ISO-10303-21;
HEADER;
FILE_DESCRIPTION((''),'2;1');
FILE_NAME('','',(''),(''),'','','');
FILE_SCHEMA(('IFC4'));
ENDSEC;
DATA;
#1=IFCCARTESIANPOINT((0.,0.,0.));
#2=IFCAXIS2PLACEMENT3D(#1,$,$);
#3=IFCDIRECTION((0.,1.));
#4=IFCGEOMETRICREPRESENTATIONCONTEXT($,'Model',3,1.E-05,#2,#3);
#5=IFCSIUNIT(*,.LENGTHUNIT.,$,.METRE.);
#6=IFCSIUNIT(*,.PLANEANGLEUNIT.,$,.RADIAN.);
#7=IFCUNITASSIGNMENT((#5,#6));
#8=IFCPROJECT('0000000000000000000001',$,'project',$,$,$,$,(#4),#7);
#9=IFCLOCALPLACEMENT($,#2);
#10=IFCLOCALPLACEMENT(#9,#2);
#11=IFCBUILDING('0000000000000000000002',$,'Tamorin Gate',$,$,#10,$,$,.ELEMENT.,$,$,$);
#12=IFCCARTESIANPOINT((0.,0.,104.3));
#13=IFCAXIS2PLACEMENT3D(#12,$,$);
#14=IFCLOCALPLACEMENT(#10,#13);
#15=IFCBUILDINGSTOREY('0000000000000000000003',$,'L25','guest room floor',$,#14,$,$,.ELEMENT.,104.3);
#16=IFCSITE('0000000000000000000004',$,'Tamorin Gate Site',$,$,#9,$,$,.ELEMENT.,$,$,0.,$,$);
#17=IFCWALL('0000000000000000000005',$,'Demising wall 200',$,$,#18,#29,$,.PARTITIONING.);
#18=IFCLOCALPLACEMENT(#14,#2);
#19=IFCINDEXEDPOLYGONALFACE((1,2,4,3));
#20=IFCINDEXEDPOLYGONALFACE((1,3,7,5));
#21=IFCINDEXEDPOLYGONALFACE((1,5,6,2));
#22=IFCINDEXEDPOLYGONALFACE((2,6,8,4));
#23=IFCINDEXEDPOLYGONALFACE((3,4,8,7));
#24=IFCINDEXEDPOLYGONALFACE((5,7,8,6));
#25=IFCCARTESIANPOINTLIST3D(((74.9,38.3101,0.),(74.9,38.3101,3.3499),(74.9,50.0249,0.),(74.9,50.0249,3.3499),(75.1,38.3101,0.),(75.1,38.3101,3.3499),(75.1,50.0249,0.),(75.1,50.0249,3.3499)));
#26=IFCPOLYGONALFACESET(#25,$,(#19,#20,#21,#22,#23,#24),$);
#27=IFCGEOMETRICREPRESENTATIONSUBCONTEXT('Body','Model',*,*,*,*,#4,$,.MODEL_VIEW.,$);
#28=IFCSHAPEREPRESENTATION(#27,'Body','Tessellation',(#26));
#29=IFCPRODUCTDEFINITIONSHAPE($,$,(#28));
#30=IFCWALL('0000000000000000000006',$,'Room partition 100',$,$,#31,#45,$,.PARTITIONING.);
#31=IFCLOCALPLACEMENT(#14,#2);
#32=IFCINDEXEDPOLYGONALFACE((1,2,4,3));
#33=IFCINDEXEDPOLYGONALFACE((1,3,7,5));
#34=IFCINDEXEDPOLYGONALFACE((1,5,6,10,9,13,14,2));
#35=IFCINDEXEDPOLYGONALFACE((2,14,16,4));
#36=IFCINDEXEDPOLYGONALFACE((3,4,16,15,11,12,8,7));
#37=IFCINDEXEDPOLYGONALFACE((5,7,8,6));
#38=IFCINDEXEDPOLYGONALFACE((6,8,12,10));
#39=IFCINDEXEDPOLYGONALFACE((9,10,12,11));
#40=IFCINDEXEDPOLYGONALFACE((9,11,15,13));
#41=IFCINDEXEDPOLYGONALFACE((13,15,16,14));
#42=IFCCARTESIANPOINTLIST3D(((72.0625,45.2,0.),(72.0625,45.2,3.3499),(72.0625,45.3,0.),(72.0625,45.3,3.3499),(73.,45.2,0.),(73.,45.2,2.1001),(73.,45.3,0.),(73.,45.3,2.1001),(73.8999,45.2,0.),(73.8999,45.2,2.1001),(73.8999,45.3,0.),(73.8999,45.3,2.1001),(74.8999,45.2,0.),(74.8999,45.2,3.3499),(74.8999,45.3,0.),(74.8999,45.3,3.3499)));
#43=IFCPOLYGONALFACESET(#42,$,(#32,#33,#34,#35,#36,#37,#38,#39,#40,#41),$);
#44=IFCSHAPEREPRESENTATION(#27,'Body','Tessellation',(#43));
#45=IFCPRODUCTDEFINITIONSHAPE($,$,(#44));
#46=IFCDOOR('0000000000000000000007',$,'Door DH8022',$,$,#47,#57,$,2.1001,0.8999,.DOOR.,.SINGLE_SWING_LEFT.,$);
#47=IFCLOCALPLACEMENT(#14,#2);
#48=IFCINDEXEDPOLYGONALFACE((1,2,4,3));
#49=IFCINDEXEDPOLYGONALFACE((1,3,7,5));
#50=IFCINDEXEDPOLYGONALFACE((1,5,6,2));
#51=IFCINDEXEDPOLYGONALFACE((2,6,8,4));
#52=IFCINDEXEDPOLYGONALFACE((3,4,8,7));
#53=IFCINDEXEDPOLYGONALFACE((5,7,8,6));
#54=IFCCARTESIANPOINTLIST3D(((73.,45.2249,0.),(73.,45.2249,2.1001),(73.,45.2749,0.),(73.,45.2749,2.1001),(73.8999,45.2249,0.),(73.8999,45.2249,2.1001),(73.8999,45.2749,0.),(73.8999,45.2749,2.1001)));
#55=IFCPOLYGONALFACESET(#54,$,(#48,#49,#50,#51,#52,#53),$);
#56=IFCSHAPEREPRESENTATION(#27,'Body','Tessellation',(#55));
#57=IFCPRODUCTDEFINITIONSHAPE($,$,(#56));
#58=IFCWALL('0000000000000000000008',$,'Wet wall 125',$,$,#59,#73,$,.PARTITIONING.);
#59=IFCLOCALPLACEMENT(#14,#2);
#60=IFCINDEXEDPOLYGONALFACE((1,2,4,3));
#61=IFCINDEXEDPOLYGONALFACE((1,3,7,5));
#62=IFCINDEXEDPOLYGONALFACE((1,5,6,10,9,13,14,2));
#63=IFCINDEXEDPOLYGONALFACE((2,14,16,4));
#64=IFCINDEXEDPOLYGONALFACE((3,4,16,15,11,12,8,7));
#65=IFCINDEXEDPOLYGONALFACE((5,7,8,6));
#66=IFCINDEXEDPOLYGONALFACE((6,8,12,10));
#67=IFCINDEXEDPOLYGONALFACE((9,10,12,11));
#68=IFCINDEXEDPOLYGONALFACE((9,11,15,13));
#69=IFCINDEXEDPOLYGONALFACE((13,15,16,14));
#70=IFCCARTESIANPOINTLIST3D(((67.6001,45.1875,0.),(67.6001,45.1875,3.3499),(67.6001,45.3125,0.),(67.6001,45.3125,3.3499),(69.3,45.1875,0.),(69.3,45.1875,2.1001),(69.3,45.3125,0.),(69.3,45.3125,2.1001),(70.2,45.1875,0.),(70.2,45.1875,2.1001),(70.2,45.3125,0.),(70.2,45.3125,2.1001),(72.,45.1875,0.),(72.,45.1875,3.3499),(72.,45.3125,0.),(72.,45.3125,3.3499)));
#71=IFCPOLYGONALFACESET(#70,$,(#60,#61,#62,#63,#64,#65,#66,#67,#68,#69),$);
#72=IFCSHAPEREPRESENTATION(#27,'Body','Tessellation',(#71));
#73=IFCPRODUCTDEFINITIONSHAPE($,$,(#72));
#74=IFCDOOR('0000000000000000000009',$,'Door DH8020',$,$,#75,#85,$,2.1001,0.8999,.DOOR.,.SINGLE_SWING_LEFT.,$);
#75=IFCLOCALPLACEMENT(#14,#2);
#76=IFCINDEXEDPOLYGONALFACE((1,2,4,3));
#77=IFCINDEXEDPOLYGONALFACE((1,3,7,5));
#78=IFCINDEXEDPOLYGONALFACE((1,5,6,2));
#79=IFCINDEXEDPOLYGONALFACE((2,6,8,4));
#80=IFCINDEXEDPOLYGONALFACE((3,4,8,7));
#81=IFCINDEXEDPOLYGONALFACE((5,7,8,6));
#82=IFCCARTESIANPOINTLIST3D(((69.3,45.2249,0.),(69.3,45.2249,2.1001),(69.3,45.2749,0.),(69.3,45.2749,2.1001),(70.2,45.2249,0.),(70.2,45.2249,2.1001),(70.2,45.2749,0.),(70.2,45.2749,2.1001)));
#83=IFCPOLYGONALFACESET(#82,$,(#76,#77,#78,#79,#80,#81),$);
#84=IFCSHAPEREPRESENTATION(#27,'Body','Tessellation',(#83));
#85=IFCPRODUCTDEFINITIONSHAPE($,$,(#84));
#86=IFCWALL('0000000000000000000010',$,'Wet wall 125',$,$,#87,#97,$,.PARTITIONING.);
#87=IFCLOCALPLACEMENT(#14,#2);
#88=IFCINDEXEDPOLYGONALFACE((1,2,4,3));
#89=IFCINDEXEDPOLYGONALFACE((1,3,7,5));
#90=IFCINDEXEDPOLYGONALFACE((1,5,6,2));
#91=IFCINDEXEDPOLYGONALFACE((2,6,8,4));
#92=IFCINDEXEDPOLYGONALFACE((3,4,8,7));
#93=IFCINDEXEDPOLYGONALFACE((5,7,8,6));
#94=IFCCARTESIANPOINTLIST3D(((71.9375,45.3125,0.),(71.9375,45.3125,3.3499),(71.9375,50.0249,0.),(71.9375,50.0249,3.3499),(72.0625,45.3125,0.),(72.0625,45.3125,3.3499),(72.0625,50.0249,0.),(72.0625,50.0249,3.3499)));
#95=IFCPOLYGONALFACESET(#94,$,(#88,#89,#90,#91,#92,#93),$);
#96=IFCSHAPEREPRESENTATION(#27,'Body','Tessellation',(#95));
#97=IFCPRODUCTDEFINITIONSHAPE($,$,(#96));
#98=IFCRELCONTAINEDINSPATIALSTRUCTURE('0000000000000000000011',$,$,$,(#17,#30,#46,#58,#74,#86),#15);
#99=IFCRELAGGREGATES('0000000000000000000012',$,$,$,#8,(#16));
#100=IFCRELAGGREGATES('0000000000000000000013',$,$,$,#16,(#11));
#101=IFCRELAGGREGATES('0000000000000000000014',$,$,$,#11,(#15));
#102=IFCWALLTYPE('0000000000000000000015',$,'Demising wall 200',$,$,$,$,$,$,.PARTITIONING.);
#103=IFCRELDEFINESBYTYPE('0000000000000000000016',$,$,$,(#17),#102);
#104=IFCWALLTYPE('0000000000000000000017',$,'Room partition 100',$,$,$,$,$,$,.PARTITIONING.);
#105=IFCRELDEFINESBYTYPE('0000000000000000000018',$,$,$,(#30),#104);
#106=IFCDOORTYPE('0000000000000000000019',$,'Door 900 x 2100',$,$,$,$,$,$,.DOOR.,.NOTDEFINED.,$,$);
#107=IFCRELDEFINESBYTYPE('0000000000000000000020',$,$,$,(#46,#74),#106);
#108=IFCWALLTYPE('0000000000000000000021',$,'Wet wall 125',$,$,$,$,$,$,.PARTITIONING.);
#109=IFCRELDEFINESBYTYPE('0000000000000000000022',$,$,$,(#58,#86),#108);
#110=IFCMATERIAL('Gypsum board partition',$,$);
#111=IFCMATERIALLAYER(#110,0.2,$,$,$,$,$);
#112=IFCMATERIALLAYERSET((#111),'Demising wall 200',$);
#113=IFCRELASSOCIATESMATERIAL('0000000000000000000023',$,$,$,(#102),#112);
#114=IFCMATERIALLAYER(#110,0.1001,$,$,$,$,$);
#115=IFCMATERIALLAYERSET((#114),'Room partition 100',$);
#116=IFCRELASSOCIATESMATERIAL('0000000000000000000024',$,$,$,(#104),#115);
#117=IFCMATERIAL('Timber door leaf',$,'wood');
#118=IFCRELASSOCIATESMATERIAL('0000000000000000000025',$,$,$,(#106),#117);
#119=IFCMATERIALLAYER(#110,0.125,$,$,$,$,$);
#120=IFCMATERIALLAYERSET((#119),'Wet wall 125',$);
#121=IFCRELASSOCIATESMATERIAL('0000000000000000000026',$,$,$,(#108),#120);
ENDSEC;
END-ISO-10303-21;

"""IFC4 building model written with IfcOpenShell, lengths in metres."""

from ifc_helpers import new_model, si_unit, direction, frame, frame_2d, origin, place, context, subcontext, project, spatial, rectangle, extrude, material, layer, layer_set, type_object, element, fill, save


model = new_model("IFC4")

# Units and contexts
model_context = context("Model", 3, precision=1e-05, world=origin(), true_north=direction((0.0, 1.0)))
body_context = subcontext(model_context, "Body", "Model", "MODEL_VIEW")
ifc_project = project(units=[si_unit("LENGTHUNIT", "METRE"), si_unit("PLANEANGLEUNIT", "RADIAN")], contexts=[model_context])

# Site, building, storey
site_placement = place(None, origin())
site = spatial("IfcSite", under=ifc_project, at=site_placement, Name="Tamorin Gate Site", CompositionType="ELEMENT", RefElevation=0.0)
building_placement = place(site_placement, origin())
building = spatial("IfcBuilding", under=site, at=building_placement, Name="Tamorin Gate", CompositionType="ELEMENT")
storey_placement = place(building_placement, frame((0.0, 0.0, 104.3)))
storey = spatial("IfcBuildingStorey", under=building, at=storey_placement, Name="L25", Description="guest room floor", CompositionType="ELEMENT", Elevation=104.3)

# Wall
ifc_material_1 = material(Name="Gypsum board partition")
ifc_layer_1 = layer(ifc_material_1, 0.2)
ifc_layer_set_1 = layer_set([ifc_layer_1], Name="Demising wall 200")
wall_type_1 = type_object("IfcWallType", Name="Demising wall 200", PredefinedType="PARTITIONING", material=ifc_layer_set_1)
wall_1_placement = place(storey_placement, frame((75.0, 38.3101, 0.0), z_axis=(0.0, 0.0, 1.0), x_axis=(0.0, 1.0, 0.0)))
element("IfcWall", 1, at=wall_1_placement, inside=storey, type_object=wall_type_1, Name="Demising wall 200", PredefinedType="PARTITIONING", context=body_context, shape_type="SweptSolid", body=[
    extrude(rectangle(XDim=11.7148, YDim=0.2, at=frame_2d((5.8574, 0.0))), origin(), (0.0, 0.0, 1.0), 3.3499),
])

# Walls, openings, doors
ifc_layer_2 = layer(ifc_material_1, 0.1001)
ifc_layer_set_2 = layer_set([ifc_layer_2], Name="Room partition 100")
wall_type_2 = type_object("IfcWallType", Name="Room partition 100", PredefinedType="PARTITIONING", material=ifc_layer_set_2)
wall_2_placement = place(storey_placement, frame((72.0625, 45.25, 0.0), z_axis=(0.0, 0.0, 1.0), x_axis=(1.0, 0.0, 0.0)))
wall_2 = element("IfcWall", 2, at=wall_2_placement, inside=storey, type_object=wall_type_2, Name="Room partition 100", PredefinedType="PARTITIONING", context=body_context, shape_type="SweptSolid", body=[
    extrude(rectangle(XDim=2.8374, YDim=0.1001, at=frame_2d((1.4187, 0.0))), origin(), (0.0, 0.0, 1.0), 3.3499),
])
opening_1_placement = place(wall_2_placement, frame((0.9375, 0.0, 0.0)))
opening_1 = element("IfcOpeningElement", 3, at=opening_1_placement, cuts=wall_2, PredefinedType="OPENING", context=body_context, shape_type="SweptSolid", body=[
    extrude(rectangle(XDim=0.8999, YDim=2.1001, at=frame_2d((0.45, 1.05))), frame((0.0, 0.0601, 0.0), z_axis=(0.0, -1.0, 0.0), x_axis=(1.0, 0.0, 0.0)), (0.0, 0.0, 1.0), 0.1201),
])
ifc_material_2 = material(Name="Timber door leaf", Category="wood")
door_type = type_object("IfcDoorType", Name="Door 900 x 2100", OperationType="NOTDEFINED", PredefinedType="DOOR", material=ifc_material_2)
door_1_placement = place(opening_1_placement, origin())
door_1 = element("IfcDoor", 4, at=door_1_placement, inside=storey, type_object=door_type, Name="Door DH8022", OperationType="SINGLE_SWING_LEFT", OverallHeight=2.1001, OverallWidth=0.8999, PredefinedType="DOOR", context=body_context, shape_type="SweptSolid", body=[
    extrude(rectangle(XDim=0.8999, YDim=2.1001, at=frame_2d((0.45, 1.05))), frame((0.0, 0.0249, 0.0), z_axis=(0.0, -1.0, 0.0), x_axis=(1.0, 0.0, 0.0)), (0.0, 0.0, 1.0), 0.05),
])
fill(opening_1, door_1)
ifc_layer_3 = layer(ifc_material_1, 0.125)
ifc_layer_set_3 = layer_set([ifc_layer_3], Name="Wet wall 125")
wall_type_3 = type_object("IfcWallType", Name="Wet wall 125", PredefinedType="PARTITIONING", material=ifc_layer_set_3)
wall_3_placement = place(storey_placement, frame((67.6001, 45.25, 0.0), z_axis=(0.0, 0.0, 1.0), x_axis=(1.0, 0.0, 0.0)))
wall_3 = element("IfcWall", 5, at=wall_3_placement, inside=storey, type_object=wall_type_3, Name="Wet wall 125", PredefinedType="PARTITIONING", context=body_context, shape_type="SweptSolid", body=[
    extrude(rectangle(XDim=4.3999, YDim=0.125, at=frame_2d((2.2, 0.0))), origin(), (0.0, 0.0, 1.0), 3.3499),
])
opening_2_placement = place(wall_3_placement, frame((1.7, 0.0, 0.0)))
opening_2 = element("IfcOpeningElement", 6, at=opening_2_placement, cuts=wall_3, PredefinedType="OPENING", context=body_context, shape_type="SweptSolid", body=[
    extrude(rectangle(XDim=0.8999, YDim=2.1001, at=frame_2d((0.45, 1.05))), frame((0.0, 0.0725, 0.0), z_axis=(0.0, -1.0, 0.0), x_axis=(1.0, 0.0, 0.0)), (0.0, 0.0, 1.0), 0.145),
])
door_2_placement = place(opening_2_placement, origin())
door_2 = element("IfcDoor", 7, at=door_2_placement, inside=storey, type_object=door_type, Name="Door DH8020", OperationType="SINGLE_SWING_LEFT", OverallHeight=2.1001, OverallWidth=0.8999, PredefinedType="DOOR", context=body_context, shape_type="SweptSolid", body=[
    extrude(rectangle(XDim=0.8999, YDim=2.1001, at=frame_2d((0.45, 1.05))), frame((0.0, 0.0249, 0.0), z_axis=(0.0, -1.0, 0.0), x_axis=(1.0, 0.0, 0.0)), (0.0, 0.0, 1.0), 0.05),
])
fill(opening_2, door_2)

# Wall
wall_4_placement = place(storey_placement, frame((72.0, 45.3125, 0.0), z_axis=(0.0, 0.0, 1.0), x_axis=(0.0, 1.0, 0.0)))
element("IfcWall", 8, at=wall_4_placement, inside=storey, type_object=wall_type_3, Name="Wet wall 125", PredefinedType="PARTITIONING", context=body_context, shape_type="SweptSolid", body=[
    extrude(rectangle(XDim=4.7124, YDim=0.125, at=frame_2d((2.3562, 0.0))), origin(), (0.0, 0.0, 1.0), 3.3499),
])

save(model, "model.ifc")
